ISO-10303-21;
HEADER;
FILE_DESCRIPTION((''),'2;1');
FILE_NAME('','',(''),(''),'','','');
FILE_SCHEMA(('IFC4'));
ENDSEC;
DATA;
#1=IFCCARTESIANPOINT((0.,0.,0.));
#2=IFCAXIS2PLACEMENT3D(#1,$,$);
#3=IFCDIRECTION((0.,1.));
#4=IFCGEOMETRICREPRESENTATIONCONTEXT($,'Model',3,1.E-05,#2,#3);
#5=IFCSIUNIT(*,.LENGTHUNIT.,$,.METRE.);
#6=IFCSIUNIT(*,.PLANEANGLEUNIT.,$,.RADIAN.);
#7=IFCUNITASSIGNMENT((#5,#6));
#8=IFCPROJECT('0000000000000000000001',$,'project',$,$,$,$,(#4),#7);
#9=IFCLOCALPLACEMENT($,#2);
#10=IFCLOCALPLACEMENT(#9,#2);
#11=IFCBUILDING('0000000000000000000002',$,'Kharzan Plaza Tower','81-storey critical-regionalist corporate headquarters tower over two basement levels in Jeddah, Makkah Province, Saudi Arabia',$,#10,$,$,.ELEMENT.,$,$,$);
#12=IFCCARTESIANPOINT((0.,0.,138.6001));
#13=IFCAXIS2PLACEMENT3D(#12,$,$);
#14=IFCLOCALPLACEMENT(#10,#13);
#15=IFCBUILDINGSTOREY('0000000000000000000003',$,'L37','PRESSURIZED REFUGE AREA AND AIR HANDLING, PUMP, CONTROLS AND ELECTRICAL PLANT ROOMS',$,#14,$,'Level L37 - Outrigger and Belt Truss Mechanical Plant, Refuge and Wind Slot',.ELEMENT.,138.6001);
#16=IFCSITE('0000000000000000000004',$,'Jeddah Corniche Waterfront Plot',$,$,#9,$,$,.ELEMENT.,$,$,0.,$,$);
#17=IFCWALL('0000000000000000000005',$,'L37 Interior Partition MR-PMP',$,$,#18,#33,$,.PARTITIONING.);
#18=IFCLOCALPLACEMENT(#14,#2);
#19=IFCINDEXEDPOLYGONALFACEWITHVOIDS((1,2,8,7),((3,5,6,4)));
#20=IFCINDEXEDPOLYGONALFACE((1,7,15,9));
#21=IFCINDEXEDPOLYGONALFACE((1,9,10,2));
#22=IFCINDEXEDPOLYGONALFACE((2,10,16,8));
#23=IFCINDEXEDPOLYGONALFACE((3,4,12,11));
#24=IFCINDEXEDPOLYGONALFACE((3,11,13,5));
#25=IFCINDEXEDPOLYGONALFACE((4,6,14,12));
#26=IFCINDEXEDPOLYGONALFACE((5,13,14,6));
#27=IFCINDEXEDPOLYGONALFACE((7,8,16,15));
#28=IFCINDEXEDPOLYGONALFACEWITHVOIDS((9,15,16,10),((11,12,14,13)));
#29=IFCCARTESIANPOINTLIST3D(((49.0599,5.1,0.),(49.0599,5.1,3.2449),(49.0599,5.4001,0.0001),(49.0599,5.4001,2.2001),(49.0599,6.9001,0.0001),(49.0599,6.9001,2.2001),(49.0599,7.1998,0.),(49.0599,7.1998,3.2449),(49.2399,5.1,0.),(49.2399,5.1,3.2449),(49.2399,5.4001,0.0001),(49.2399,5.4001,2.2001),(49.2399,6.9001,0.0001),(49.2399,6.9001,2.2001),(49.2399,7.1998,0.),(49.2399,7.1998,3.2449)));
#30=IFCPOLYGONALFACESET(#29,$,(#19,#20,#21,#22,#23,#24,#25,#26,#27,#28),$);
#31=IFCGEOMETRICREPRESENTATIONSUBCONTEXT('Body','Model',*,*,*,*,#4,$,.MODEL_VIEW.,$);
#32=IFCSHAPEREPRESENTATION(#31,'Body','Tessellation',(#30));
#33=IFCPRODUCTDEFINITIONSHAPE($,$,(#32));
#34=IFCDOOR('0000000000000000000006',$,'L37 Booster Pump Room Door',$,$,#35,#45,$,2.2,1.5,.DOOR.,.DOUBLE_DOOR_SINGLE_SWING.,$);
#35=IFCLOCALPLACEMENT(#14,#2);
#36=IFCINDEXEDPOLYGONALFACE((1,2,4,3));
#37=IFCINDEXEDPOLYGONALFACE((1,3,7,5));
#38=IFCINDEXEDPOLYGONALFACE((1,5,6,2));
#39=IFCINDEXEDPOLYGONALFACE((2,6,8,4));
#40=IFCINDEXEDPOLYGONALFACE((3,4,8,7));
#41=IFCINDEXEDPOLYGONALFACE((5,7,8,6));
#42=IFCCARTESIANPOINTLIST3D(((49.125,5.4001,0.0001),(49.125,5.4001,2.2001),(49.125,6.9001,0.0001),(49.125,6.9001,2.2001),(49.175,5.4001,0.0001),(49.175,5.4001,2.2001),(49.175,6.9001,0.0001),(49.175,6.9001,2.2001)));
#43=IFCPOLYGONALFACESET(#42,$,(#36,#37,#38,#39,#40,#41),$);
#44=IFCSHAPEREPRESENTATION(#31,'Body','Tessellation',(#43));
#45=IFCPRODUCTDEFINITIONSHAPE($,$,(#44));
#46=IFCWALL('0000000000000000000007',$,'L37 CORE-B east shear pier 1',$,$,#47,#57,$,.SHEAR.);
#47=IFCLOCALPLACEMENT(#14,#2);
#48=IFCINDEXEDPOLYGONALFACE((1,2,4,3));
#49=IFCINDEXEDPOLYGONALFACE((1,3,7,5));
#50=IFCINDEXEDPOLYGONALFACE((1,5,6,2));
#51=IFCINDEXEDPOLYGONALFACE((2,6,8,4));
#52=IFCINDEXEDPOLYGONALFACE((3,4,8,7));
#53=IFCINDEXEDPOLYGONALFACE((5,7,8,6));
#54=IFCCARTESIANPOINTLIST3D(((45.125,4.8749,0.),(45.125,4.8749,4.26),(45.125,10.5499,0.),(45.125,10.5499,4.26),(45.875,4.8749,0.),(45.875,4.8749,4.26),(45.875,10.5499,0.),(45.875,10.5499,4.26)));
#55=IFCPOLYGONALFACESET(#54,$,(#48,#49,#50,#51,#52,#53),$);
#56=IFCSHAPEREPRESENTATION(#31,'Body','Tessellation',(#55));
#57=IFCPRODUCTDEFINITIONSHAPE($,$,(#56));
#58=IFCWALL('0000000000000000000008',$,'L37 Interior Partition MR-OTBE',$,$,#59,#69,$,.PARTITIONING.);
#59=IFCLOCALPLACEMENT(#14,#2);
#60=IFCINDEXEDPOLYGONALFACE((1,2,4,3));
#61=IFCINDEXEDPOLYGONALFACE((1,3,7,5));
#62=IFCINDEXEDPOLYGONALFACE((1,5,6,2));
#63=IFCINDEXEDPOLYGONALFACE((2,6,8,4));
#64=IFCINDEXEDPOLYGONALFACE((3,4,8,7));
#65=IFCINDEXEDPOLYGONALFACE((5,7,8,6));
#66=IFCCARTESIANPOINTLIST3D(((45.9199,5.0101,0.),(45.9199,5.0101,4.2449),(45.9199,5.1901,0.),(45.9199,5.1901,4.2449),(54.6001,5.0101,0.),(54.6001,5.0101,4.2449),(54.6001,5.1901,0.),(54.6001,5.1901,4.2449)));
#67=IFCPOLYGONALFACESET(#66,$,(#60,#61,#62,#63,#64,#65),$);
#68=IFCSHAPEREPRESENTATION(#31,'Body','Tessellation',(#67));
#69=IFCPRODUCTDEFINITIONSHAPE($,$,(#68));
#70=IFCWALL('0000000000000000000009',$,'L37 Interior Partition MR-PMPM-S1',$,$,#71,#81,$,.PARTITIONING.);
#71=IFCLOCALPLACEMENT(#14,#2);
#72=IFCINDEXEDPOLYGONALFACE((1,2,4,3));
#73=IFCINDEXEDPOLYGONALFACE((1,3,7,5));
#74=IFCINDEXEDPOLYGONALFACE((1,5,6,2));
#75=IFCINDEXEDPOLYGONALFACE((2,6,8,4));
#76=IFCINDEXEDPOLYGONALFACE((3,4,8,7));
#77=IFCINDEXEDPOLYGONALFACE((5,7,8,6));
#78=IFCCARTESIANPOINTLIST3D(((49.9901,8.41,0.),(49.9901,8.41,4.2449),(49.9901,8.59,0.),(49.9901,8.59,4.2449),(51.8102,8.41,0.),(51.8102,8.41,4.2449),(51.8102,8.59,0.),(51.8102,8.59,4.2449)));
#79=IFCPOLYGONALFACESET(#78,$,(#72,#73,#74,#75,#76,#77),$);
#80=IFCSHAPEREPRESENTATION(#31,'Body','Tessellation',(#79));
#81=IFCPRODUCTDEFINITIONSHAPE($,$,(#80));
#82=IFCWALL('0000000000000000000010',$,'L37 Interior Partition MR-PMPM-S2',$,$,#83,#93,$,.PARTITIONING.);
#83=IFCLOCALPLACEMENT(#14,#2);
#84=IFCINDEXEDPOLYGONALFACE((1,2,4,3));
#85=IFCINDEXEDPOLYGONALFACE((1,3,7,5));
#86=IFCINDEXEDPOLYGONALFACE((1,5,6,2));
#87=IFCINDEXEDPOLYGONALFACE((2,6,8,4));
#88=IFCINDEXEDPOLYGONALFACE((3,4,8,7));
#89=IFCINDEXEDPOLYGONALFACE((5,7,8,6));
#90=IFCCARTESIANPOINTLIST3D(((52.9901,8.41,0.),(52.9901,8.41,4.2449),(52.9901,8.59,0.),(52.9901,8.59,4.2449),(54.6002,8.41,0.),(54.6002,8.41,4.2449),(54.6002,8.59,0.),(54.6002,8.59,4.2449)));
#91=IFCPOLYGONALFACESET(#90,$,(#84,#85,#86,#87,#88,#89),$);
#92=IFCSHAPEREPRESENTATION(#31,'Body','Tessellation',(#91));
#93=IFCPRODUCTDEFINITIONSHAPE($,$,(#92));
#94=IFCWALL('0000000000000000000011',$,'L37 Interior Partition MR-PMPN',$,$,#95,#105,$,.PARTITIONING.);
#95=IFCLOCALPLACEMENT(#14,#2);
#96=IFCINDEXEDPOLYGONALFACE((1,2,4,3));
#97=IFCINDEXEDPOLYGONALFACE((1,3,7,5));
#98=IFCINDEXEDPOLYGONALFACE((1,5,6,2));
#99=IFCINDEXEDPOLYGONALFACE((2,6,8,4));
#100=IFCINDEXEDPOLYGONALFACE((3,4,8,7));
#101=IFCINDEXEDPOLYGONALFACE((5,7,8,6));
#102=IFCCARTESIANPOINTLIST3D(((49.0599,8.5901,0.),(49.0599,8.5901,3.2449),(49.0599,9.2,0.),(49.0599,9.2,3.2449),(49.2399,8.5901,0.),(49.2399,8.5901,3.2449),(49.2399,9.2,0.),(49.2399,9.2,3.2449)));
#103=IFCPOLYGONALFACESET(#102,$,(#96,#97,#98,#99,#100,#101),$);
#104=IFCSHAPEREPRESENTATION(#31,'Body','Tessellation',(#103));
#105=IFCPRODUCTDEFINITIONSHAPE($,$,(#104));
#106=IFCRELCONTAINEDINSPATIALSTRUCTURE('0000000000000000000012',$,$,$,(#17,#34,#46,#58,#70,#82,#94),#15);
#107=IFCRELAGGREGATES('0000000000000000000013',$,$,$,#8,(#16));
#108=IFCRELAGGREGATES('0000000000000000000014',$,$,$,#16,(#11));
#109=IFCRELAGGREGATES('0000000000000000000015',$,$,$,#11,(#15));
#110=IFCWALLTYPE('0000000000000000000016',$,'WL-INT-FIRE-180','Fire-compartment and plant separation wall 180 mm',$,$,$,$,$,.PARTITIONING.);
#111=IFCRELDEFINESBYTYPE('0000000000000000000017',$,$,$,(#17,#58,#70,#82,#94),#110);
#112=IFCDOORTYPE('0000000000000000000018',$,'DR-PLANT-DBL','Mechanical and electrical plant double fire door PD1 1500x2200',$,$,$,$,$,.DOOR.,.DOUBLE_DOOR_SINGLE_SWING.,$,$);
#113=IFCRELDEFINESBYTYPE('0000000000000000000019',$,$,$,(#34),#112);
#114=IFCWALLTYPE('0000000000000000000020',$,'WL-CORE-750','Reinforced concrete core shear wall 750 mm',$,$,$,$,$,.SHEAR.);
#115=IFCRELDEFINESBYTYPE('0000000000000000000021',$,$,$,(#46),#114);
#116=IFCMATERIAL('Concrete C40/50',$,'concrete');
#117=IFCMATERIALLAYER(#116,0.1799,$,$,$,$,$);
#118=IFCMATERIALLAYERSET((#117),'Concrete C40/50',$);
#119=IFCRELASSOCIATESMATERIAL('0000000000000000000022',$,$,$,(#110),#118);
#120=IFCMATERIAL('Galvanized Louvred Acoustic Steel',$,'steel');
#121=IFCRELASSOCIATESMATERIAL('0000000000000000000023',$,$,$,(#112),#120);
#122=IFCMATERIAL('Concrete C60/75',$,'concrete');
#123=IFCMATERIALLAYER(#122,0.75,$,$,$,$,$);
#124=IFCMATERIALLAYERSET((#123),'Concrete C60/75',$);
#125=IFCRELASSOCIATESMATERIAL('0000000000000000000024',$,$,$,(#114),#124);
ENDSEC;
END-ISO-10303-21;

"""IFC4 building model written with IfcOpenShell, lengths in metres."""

from ifc_helpers import new_model, si_unit, direction, frame, frame_2d, origin, place, context, subcontext, project, spatial, rectangle, extrude, source, transform, mapped, material, layer, layer_set, type_object, element, fill, save


model = new_model("IFC4")

# Units and contexts
model_context = context("Model", 3, precision=1e-05, world=origin(), true_north=direction((0.0, 1.0)))
body_context = subcontext(model_context, "Body", "Model", "MODEL_VIEW")
ifc_project = project(units=[si_unit("LENGTHUNIT", "METRE"), si_unit("PLANEANGLEUNIT", "RADIAN")], contexts=[model_context])

# Site, building, storey
site_placement = place(None, origin())
site = spatial("IfcSite", under=ifc_project, at=site_placement, Name="Jeddah Corniche Waterfront Plot", CompositionType="ELEMENT", RefElevation=0.0)
building_placement = place(site_placement, origin())
building = spatial("IfcBuilding", under=site, at=building_placement, Name="Kharzan Plaza Tower", Description="81-storey critical-regionalist corporate headquarters tower over two basement levels in Jeddah, Makkah Province, Saudi Arabia", CompositionType="ELEMENT")
storey_placement = place(building_placement, frame((0.0, 0.0, 138.6001)))
storey = spatial("IfcBuildingStorey", under=building, at=storey_placement, Name="L37", Description="PRESSURIZED REFUGE AREA AND AIR HANDLING, PUMP, CONTROLS AND ELECTRICAL PLANT ROOMS", LongName="Level L37 - Outrigger and Belt Truss Mechanical Plant, Refuge and Wind Slot", CompositionType="ELEMENT", Elevation=138.6001)

# Shared definitions
ifc_material_1 = material(Name="Concrete C60/75", Category="concrete")

# Wall, opening, door
ifc_material_2 = material(Name="Concrete C40/50", Category="concrete")
ifc_layer_1 = layer(ifc_material_2, 0.1799)
ifc_layer_set_1 = layer_set([ifc_layer_1], Name="Concrete C40/50")
wall_type_1 = type_object("IfcWallType", Name="WL-INT-FIRE-180", Description="Fire-compartment and plant separation wall 180 mm", PredefinedType="PARTITIONING", material=ifc_layer_set_1)
ifc_material_3 = material(Name="Galvanized Louvred Acoustic Steel", Category="steel")
door_type = type_object("IfcDoorType", Name="DR-PLANT-DBL", Description="Mechanical and electrical plant double fire door PD1 1500x2200", OperationType="DOUBLE_DOOR_SINGLE_SWING", PredefinedType="DOOR", material=ifc_material_3)
shared_shape_1 = source(origin(), body_context, "Body", "SweptSolid", [
    extrude(rectangle(XDim=1.5, YDim=2.2, at=frame_2d((0.75, 1.1001))), frame((0.0, 0.0249, 0.0), z_axis=(0.0, -1.0, 0.0), x_axis=(1.0, 0.0, 0.0)), (0.0, 0.0, 1.0), 0.05),
])
wall_1_placement = place(storey_placement, frame((49.1499, 5.1001, 0.0), z_axis=(0.0, 0.0, 1.0), x_axis=(0.0, 1.0, 0.0)))
wall_1 = element("IfcWall", 1, at=wall_1_placement, inside=storey, type_object=wall_type_1, Name="L37 Interior Partition MR-PMP", PredefinedType="PARTITIONING", context=body_context, shape_type="SweptSolid", body=[
    extrude(rectangle(XDim=2.0999, YDim=0.1799, at=frame_2d((1.0498, 0.0))), origin(), (0.0, 0.0, 1.0), 3.2449),
])
opening_1_placement = place(wall_1_placement, frame((0.3, 0.0, 0.0)))
opening_1 = element("IfcOpeningElement", 2, at=opening_1_placement, cuts=wall_1, PredefinedType="OPENING", context=body_context, shape_type="SweptSolid", body=[
    extrude(rectangle(XDim=1.5, YDim=2.2, at=frame_2d((0.75, 1.1001))), frame((0.0, 0.0999, 0.0), z_axis=(0.0, -1.0, 0.0), x_axis=(1.0, 0.0, 0.0)), (0.0, 0.0, 1.0), 0.2),
])
door_1_placement = place(opening_1_placement, origin())
door_1 = element("IfcDoor", 3, at=door_1_placement, inside=storey, type_object=door_type, Name="L37 Booster Pump Room Door", OperationType="DOUBLE_DOOR_SINGLE_SWING", OverallHeight=2.2, OverallWidth=1.5, PredefinedType="DOOR", context=body_context, shape_type="MappedRepresentation", body=[
    mapped(shared_shape_1, transform((0.0, 0.0, 0.0), x_axis=(1.0, 0.0, 0.0), y_axis=(0.0, 1.0, 0.0), z_axis=(0.0, 0.0, 1.0))),
])
fill(opening_1, door_1)

# Walls
ifc_layer_2 = layer(ifc_material_1, 0.75)
ifc_layer_set_2 = layer_set([ifc_layer_2], Name="Concrete C60/75")
wall_type_2 = type_object("IfcWallType", Name="WL-CORE-750", Description="Reinforced concrete core shear wall 750 mm", PredefinedType="SHEAR", material=ifc_layer_set_2)
shared_shape_2 = source(origin(), body_context, "Body", "SweptSolid", [
    extrude(rectangle(XDim=5.675, YDim=0.75, at=frame_2d((2.8374, 0.0))), origin(), (0.0, 0.0, 1.0), 4.26),
])
wall_2_placement = place(storey_placement, frame((45.5, 4.875, 0.0), z_axis=(0.0, 0.0, 1.0), x_axis=(0.0, 1.0, 0.0)))
element("IfcWall", 4, at=wall_2_placement, inside=storey, type_object=wall_type_2, Name="L37 CORE-B east shear pier 1", PredefinedType="SHEAR", context=body_context, shape_type="MappedRepresentation", body=[
    mapped(shared_shape_2, transform((0.0, 0.0, 0.0), x_axis=(1.0, 0.0, 0.0), y_axis=(0.0, 1.0, 0.0), z_axis=(0.0, 0.0, 1.0))),
])
shared_shape_3 = source(origin(), body_context, "Body", "SweptSolid", [
    extrude(rectangle(XDim=8.6802, YDim=0.1799, at=frame_2d((4.3401, 0.0))), origin(), (0.0, 0.0, 1.0), 4.2449),
])
wall_3_placement = place(storey_placement, frame((45.9199, 5.1001, 0.0), z_axis=(0.0, 0.0, 1.0), x_axis=(1.0, 0.0, 0.0)))
element("IfcWall", 5, at=wall_3_placement, inside=storey, type_object=wall_type_1, Name="L37 Interior Partition MR-OTBE", PredefinedType="PARTITIONING", context=body_context, shape_type="MappedRepresentation", body=[
    mapped(shared_shape_3, transform((0.0, 0.0, 0.0), x_axis=(1.0, 0.0, 0.0), y_axis=(0.0, 1.0, 0.0), z_axis=(0.0, 0.0, 1.0))),
])
shared_shape_4 = source(origin(), body_context, "Body", "SweptSolid", [
    extrude(rectangle(XDim=1.8201, YDim=0.1799, at=frame_2d((0.9102, 0.0))), origin(), (0.0, 0.0, 1.0), 4.2449),
])
wall_4_placement = place(storey_placement, frame((49.99, 8.5, 0.0), z_axis=(0.0, 0.0, 1.0), x_axis=(1.0, 0.0, 0.0)))
element("IfcWall", 6, at=wall_4_placement, inside=storey, type_object=wall_type_1, Name="L37 Interior Partition MR-PMPM-S1", PredefinedType="PARTITIONING", context=body_context, shape_type="MappedRepresentation", body=[
    mapped(shared_shape_4, transform((0.0, 0.0, 0.0), x_axis=(1.0, 0.0, 0.0), y_axis=(0.0, 1.0, 0.0), z_axis=(0.0, 0.0, 1.0))),
])
shared_shape_5 = source(origin(), body_context, "Body", "SweptSolid", [
    extrude(rectangle(XDim=1.6101, YDim=0.1799, at=frame_2d((0.8052, 0.0))), origin(), (0.0, 0.0, 1.0), 4.2449),
])
wall_5_placement = place(storey_placement, frame((52.99, 8.5, 0.0), z_axis=(0.0, 0.0, 1.0), x_axis=(1.0, 0.0, 0.0)))
element("IfcWall", 7, at=wall_5_placement, inside=storey, type_object=wall_type_1, Name="L37 Interior Partition MR-PMPM-S2", PredefinedType="PARTITIONING", context=body_context, shape_type="MappedRepresentation", body=[
    mapped(shared_shape_5, transform((0.0, 0.0, 0.0), x_axis=(1.0, 0.0, 0.0), y_axis=(0.0, 1.0, 0.0), z_axis=(0.0, 0.0, 1.0))),
])
shared_shape_6 = source(origin(), body_context, "Body", "SweptSolid", [
    extrude(rectangle(XDim=0.6099, YDim=0.1799, at=frame_2d((0.3049, 0.0))), origin(), (0.0, 0.0, 1.0), 3.2449),
])
wall_6_placement = place(storey_placement, frame((49.1499, 8.5901, 0.0), z_axis=(0.0, 0.0, 1.0), x_axis=(0.0, 1.0, 0.0)))
element("IfcWall", 8, at=wall_6_placement, inside=storey, type_object=wall_type_1, Name="L37 Interior Partition MR-PMPN", PredefinedType="PARTITIONING", context=body_context, shape_type="MappedRepresentation", body=[
    mapped(shared_shape_6, transform((0.0, 0.0, 0.0), x_axis=(1.0, 0.0, 0.0), y_axis=(0.0, 1.0, 0.0), z_axis=(0.0, 0.0, 1.0))),
])

save(model, "model.ifc")
